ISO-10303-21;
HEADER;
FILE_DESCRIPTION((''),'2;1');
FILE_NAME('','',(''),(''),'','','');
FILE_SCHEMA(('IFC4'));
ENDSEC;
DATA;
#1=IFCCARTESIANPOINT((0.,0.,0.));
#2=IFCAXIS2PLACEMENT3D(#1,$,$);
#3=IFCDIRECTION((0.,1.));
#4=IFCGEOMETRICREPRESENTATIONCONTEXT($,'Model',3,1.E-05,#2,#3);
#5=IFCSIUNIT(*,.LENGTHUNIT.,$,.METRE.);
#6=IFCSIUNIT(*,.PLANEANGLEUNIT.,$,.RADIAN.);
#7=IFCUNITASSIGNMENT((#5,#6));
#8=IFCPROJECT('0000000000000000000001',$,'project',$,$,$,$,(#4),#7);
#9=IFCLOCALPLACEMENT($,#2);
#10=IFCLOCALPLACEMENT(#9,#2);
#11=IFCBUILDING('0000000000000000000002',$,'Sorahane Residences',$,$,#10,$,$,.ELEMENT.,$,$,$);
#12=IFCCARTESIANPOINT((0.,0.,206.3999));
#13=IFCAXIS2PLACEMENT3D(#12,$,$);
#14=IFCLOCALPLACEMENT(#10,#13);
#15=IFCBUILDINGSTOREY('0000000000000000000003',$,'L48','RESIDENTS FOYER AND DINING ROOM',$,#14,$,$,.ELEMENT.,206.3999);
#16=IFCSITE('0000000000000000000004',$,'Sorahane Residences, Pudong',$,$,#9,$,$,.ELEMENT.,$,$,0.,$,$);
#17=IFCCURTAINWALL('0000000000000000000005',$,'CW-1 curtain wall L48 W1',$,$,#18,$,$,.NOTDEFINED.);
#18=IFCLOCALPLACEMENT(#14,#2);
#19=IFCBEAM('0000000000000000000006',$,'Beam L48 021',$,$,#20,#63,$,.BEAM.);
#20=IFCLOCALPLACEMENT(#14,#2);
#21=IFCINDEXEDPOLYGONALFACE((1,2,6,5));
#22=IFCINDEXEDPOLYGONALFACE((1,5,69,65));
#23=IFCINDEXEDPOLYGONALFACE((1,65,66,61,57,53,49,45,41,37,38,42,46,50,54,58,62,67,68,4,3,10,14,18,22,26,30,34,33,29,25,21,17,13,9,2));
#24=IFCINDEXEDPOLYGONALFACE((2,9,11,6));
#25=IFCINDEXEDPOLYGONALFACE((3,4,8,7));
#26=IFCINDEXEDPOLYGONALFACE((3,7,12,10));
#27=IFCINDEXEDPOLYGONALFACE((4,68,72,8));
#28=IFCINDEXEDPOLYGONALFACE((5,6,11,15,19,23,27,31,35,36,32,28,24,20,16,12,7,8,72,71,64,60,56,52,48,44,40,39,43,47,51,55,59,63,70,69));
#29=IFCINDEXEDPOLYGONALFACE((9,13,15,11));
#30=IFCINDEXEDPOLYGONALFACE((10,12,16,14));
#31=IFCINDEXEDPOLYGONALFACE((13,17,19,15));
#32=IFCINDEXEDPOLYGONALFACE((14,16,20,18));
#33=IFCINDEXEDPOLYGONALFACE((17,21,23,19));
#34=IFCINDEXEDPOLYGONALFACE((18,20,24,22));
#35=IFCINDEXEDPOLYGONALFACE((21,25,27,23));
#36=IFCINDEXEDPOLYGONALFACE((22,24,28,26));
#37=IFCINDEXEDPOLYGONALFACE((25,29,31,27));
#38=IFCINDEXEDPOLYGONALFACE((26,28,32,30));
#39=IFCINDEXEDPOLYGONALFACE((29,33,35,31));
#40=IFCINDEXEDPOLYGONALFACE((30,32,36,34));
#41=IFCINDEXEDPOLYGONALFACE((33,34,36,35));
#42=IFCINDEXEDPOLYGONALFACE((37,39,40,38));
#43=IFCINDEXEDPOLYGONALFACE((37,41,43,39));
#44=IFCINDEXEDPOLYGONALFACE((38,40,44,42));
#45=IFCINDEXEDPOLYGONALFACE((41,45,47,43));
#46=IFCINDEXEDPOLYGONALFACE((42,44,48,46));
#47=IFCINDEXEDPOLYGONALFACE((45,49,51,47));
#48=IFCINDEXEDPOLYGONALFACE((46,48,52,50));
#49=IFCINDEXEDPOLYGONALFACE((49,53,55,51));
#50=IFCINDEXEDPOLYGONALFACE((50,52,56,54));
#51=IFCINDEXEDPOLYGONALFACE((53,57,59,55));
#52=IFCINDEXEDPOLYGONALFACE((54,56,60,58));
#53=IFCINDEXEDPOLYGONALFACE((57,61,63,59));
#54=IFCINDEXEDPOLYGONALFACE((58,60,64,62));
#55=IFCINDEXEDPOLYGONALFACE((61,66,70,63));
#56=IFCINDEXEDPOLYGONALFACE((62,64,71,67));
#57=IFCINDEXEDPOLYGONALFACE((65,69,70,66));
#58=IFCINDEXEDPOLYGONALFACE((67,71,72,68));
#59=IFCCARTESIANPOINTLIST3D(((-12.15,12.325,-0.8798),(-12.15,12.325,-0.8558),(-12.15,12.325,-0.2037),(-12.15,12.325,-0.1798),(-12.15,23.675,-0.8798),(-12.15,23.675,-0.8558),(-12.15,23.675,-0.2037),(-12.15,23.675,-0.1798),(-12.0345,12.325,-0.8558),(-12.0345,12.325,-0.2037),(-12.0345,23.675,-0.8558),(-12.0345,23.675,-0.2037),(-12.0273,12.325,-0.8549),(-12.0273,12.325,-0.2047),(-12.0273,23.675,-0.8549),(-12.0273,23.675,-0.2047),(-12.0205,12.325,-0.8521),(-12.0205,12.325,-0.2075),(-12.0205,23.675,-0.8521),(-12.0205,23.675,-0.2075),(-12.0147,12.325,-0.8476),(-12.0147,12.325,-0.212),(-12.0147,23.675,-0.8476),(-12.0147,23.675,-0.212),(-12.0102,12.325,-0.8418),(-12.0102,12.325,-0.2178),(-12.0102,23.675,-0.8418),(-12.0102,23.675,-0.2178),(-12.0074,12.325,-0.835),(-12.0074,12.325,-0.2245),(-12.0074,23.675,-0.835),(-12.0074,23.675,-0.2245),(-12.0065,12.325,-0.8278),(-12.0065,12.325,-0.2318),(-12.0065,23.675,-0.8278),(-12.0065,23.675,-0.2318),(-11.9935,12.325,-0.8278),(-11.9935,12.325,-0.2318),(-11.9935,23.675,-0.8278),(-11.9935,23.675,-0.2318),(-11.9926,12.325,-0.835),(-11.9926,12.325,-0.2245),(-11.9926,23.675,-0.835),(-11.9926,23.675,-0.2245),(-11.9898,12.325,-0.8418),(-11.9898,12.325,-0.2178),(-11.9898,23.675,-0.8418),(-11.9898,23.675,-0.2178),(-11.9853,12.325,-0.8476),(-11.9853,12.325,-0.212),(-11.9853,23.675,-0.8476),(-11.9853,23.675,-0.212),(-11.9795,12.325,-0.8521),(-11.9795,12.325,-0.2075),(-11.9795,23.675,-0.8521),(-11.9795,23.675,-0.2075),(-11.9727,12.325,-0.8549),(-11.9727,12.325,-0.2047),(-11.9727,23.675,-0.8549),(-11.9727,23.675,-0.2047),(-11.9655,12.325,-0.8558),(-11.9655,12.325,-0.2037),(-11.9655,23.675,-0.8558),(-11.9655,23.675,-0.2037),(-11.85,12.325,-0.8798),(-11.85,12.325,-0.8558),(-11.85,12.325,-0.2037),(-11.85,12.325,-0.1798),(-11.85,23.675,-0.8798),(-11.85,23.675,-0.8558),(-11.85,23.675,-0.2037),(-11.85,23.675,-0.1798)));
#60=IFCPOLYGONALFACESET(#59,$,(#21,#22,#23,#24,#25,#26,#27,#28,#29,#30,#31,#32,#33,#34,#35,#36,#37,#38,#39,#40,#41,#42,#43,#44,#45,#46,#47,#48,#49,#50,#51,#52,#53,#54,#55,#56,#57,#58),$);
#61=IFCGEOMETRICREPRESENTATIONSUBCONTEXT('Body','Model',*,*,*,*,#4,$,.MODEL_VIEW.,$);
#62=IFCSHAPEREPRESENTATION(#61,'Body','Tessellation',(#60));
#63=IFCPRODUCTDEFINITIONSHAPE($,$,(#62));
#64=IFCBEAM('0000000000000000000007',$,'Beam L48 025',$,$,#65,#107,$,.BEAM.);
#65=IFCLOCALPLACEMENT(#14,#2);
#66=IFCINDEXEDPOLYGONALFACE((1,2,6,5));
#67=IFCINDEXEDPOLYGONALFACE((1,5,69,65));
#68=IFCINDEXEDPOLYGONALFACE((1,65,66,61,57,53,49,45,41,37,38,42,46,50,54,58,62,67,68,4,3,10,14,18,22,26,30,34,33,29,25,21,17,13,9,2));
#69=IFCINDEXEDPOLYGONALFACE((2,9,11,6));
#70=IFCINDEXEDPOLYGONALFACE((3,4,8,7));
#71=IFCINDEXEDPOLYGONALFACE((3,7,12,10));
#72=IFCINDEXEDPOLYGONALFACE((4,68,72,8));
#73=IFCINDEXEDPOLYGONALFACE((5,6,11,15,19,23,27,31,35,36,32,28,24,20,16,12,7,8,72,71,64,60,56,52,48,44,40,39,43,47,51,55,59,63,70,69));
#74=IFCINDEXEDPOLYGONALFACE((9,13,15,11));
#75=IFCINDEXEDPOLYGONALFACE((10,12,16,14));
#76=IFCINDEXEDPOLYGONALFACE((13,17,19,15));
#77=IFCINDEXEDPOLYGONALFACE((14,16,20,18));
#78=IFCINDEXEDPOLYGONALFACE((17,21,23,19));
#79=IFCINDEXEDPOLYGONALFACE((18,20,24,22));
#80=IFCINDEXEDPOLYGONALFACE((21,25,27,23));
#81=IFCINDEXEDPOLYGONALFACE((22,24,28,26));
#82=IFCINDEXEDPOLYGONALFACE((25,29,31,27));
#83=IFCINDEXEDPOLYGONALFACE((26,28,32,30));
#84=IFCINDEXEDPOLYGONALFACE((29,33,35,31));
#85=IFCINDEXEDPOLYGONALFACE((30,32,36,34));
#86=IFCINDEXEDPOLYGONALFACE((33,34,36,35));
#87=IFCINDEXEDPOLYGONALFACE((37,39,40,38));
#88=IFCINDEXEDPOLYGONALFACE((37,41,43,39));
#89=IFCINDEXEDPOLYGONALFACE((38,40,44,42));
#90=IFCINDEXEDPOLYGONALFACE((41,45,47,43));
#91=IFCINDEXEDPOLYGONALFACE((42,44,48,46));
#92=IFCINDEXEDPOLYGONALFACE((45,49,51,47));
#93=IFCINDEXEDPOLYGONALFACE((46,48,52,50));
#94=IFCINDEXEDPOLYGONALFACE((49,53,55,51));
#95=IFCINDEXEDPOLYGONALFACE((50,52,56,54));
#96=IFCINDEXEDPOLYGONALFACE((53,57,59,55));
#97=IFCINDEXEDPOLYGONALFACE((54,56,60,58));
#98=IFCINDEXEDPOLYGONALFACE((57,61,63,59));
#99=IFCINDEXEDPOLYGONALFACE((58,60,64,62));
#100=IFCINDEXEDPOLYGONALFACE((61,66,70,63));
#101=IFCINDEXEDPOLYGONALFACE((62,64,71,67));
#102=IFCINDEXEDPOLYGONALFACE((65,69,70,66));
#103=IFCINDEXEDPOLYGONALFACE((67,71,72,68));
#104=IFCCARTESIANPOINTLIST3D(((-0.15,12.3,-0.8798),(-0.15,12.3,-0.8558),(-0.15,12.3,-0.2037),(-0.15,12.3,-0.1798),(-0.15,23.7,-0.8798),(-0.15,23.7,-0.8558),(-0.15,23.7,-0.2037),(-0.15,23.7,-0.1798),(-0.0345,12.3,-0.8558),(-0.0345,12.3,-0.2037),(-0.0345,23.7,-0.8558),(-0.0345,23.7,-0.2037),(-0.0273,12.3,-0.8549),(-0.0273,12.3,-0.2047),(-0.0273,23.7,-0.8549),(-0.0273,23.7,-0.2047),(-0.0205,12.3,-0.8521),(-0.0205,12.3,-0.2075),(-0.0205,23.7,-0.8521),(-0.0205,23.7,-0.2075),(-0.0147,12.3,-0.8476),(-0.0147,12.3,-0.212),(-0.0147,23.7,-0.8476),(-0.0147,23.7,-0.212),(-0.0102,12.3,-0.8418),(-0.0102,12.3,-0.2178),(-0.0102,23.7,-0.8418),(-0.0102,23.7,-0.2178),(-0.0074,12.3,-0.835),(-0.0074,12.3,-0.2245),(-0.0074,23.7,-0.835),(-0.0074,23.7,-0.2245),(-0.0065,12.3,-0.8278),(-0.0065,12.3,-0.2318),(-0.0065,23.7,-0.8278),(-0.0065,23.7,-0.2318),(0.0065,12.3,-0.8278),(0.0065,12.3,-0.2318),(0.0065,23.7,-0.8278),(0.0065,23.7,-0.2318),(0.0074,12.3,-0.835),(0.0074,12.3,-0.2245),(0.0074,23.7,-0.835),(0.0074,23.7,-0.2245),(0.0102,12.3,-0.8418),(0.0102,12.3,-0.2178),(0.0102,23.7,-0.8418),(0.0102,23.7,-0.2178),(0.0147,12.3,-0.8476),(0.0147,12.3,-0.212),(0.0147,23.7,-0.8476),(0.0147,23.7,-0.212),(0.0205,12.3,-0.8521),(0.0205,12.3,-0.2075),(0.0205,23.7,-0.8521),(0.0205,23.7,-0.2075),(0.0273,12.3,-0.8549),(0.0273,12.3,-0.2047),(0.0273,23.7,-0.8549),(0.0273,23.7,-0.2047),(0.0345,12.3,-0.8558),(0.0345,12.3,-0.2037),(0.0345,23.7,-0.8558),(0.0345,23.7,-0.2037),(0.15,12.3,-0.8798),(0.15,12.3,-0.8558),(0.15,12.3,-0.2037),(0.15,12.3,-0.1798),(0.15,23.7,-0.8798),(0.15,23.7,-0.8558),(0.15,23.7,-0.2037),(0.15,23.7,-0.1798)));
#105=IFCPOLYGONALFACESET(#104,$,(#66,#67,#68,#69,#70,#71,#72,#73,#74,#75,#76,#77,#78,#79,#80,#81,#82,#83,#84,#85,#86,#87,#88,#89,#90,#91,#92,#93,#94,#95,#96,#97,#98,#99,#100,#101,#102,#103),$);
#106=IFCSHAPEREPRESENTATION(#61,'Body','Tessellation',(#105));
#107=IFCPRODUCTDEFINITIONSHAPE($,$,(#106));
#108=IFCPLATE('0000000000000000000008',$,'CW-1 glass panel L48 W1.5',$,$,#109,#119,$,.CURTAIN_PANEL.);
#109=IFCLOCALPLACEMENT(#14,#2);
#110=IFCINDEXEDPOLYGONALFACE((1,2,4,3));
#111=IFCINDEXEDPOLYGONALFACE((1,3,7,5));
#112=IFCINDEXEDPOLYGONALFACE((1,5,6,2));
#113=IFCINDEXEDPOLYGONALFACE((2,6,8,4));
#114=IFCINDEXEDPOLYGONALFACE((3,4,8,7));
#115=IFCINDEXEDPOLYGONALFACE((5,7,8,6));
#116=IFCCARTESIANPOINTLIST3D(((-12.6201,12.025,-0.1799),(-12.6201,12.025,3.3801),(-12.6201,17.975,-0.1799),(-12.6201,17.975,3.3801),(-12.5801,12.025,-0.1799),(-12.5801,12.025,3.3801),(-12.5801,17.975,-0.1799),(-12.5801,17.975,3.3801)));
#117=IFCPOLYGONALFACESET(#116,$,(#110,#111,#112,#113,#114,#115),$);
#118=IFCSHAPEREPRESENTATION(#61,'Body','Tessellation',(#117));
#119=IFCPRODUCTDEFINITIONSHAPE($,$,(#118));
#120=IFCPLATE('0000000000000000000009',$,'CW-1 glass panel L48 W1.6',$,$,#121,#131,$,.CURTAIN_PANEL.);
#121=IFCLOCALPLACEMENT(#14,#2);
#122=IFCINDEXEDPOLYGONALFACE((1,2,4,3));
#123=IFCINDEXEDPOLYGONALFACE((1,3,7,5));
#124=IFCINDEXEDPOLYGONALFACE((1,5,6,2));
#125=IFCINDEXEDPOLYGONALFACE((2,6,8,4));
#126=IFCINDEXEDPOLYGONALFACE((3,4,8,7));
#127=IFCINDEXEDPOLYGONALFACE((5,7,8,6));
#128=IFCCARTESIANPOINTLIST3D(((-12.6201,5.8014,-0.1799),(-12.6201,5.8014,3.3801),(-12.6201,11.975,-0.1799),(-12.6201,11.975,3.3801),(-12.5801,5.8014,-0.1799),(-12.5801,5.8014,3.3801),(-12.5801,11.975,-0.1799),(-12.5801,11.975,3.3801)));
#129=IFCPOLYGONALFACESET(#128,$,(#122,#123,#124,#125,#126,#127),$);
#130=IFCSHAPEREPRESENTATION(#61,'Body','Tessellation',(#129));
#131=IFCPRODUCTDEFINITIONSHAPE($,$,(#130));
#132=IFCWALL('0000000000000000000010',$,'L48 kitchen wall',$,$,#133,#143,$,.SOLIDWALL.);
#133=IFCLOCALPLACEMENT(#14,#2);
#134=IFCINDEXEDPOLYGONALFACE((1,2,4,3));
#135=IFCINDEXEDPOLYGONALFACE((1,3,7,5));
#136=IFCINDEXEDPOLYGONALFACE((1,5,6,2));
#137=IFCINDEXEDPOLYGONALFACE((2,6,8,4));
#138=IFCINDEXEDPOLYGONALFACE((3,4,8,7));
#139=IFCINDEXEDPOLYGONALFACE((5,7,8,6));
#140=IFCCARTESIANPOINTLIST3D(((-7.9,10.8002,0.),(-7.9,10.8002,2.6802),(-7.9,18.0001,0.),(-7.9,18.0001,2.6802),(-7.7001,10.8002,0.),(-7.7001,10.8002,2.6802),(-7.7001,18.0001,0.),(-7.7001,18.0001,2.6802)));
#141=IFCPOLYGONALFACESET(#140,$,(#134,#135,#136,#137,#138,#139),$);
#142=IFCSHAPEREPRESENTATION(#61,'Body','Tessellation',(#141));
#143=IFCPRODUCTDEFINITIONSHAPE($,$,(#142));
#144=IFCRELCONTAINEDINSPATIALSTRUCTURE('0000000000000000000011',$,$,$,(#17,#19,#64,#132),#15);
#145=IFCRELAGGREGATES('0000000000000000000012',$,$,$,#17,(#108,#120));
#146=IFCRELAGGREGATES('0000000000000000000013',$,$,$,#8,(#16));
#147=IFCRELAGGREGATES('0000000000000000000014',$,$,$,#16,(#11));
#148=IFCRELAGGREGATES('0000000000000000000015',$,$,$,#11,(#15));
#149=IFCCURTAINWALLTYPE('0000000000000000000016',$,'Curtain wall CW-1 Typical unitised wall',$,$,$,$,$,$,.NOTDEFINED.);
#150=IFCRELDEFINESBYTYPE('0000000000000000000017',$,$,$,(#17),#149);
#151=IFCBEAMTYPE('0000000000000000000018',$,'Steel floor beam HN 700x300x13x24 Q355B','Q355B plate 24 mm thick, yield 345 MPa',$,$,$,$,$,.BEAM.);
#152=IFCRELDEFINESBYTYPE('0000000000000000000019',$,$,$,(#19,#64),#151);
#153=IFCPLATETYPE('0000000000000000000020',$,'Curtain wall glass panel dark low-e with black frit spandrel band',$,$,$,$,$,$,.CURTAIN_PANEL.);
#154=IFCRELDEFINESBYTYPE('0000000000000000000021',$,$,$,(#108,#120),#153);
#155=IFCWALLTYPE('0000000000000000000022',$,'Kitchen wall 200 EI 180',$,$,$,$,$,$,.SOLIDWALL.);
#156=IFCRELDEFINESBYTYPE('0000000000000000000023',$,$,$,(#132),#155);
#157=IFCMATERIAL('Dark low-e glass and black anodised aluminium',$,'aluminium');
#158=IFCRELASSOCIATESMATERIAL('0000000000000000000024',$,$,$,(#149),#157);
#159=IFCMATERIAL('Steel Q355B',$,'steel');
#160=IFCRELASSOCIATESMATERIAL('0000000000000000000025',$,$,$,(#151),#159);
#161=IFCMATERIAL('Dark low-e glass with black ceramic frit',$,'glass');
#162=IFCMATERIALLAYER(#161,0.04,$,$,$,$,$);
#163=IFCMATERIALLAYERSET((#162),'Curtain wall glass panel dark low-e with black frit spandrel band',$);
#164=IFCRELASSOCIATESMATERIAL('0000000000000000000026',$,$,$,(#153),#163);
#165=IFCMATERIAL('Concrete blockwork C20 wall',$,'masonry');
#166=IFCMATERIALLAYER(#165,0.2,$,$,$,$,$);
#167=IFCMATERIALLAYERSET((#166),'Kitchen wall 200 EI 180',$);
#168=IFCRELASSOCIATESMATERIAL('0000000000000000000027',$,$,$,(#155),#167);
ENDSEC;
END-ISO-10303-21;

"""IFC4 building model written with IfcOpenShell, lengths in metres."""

from ifc_helpers import new_model, si_unit, direction, frame, frame_2d, origin, origin_2d, place, context, subcontext, project, spatial, rectangle, i_section, extrude, material, layer, layer_set, material_profile, profile_set, type_object, element, aggregate, save


model = new_model("IFC4")

# Units and contexts
model_context = context("Model", 3, precision=1e-05, world=origin(), true_north=direction((0.0, 1.0)))
body_context = subcontext(model_context, "Body", "Model", "MODEL_VIEW")
ifc_project = project(units=[si_unit("LENGTHUNIT", "METRE"), si_unit("PLANEANGLEUNIT", "RADIAN")], contexts=[model_context])

# Site, building, storey
site_placement = place(None, origin())
site = spatial("IfcSite", under=ifc_project, at=site_placement, Name="Sorahane Residences, Pudong", CompositionType="ELEMENT", RefElevation=0.0)
building_placement = place(site_placement, origin())
building = spatial("IfcBuilding", under=site, at=building_placement, Name="Sorahane Residences", CompositionType="ELEMENT")
storey_placement = place(building_placement, frame((0.0, 0.0, 206.3999)))
storey = spatial("IfcBuildingStorey", under=building, at=storey_placement, Name="L48", Description="RESIDENTS FOYER AND DINING ROOM", CompositionType="ELEMENT", Elevation=206.3999)

# Curtain wall
ifc_material_1 = material(Name="Dark low-e glass and black anodised aluminium", Category="aluminium")
curtain_wall_type = type_object("IfcCurtainWallType", Name="Curtain wall CW-1 Typical unitised wall", PredefinedType="NOTDEFINED", material=ifc_material_1)
curtain_wall_placement = place(storey_placement, origin())
curtain_wall = element("IfcCurtainWall", 1, at=curtain_wall_placement, inside=storey, type_object=curtain_wall_type, Name="CW-1 curtain wall L48 W1", PredefinedType="NOTDEFINED")

# Beams
ifc_material_2 = material(Name="Steel Q355B", Category="steel")
ifc_material_profile_1 = material_profile(ifc_material_2, i_section(OverallWidth=0.3, OverallDepth=0.7, WebThickness=0.0129, FlangeThickness=0.0239, FilletRadius=0.0281, at=origin_2d()), Name="HN 700x300x13x24")
ifc_profile_set_1 = profile_set([ifc_material_profile_1], Name="Steel Q355B")
beam_type_1 = type_object("IfcBeamType", Name="Steel floor beam HN 700x300x13x24 Q355B", Description="Q355B plate 24 mm thick, yield 345 MPa", PredefinedType="BEAM", material=ifc_profile_set_1)
beam_1_placement = place(storey_placement, frame((-12.0, 12.325, -0.5298), z_axis=(0.0, 1.0, 0.0), x_axis=(-1.0, 0.0, 0.0)))
element("IfcBeam", 2, at=beam_1_placement, inside=storey, type_object=beam_type_1, Name="Beam L48 021", PredefinedType="BEAM", context=body_context, shape_type="SweptSolid", body=[
    extrude(i_section(OverallWidth=0.3, OverallDepth=0.7, WebThickness=0.0129, FlangeThickness=0.0239, FilletRadius=0.0281, at=origin_2d()), origin(), (0.0, 0.0, 1.0), 11.3501),
])
beam_2_placement = place(storey_placement, frame((0.0, 12.3, -0.5298), z_axis=(0.0, 1.0, 0.0), x_axis=(-1.0, 0.0, 0.0)))
element("IfcBeam", 3, at=beam_2_placement, inside=storey, type_object=beam_type_1, Name="Beam L48 025", PredefinedType="BEAM", context=body_context, shape_type="SweptSolid", body=[
    extrude(i_section(OverallWidth=0.3, OverallDepth=0.7, WebThickness=0.0129, FlangeThickness=0.0239, FilletRadius=0.0281, at=origin_2d()), origin(), (0.0, 0.0, 1.0), 11.3999),
])

# Plates
ifc_material_3 = material(Name="Dark low-e glass with black ceramic frit", Category="glass")
ifc_layer_1 = layer(ifc_material_3, 0.04)
ifc_layer_set_1 = layer_set([ifc_layer_1], Name="Curtain wall glass panel dark low-e with black frit spandrel band")
plate_type = type_object("IfcPlateType", Name="Curtain wall glass panel dark low-e with black frit spandrel band", PredefinedType="CURTAIN_PANEL", material=ifc_layer_set_1)
plate_1_placement = place(storey_placement, frame((-12.6001, 15.0, -0.1799), z_axis=(0.0, 0.0, 1.0), x_axis=(0.0, -1.0, 0.0)))
plate_1 = element("IfcPlate", 4, at=plate_1_placement, type_object=plate_type, Name="CW-1 glass panel L48 W1.5", PredefinedType="CURTAIN_PANEL", context=body_context, shape_type="SweptSolid", body=[
    extrude(rectangle(XDim=5.95, YDim=0.04, at=origin_2d()), origin(), (0.0, 0.0, 1.0), 3.5601),
])
plate_2_placement = place(storey_placement, frame((-12.6001, 8.8882, -0.1799), z_axis=(0.0, 0.0, 1.0), x_axis=(0.0, -1.0, 0.0)))
plate_2 = element("IfcPlate", 5, at=plate_2_placement, type_object=plate_type, Name="CW-1 glass panel L48 W1.6", PredefinedType="CURTAIN_PANEL", context=body_context, shape_type="SweptSolid", body=[
    extrude(rectangle(XDim=6.1736, YDim=0.04, at=origin_2d()), origin(), (0.0, 0.0, 1.0), 3.5601),
])
aggregate(curtain_wall, [plate_1, plate_2])

# Wall
ifc_material_4 = material(Name="Concrete blockwork C20 wall", Category="masonry")
ifc_layer_2 = layer(ifc_material_4, 0.2)
ifc_layer_set_2 = layer_set([ifc_layer_2], Name="Kitchen wall 200 EI 180")
wall_type_1 = type_object("IfcWallType", Name="Kitchen wall 200 EI 180", PredefinedType="SOLIDWALL", material=ifc_layer_set_2)
wall_1_placement = place(storey_placement, frame((-7.8, 10.8, 0.0), z_axis=(0.0, 0.0, 1.0), x_axis=(0.0, 1.0, 0.0)))
element("IfcWall", 6, at=wall_1_placement, inside=storey, type_object=wall_type_1, Name="L48 kitchen wall", PredefinedType="SOLIDWALL", context=body_context, shape_type="SweptSolid", body=[
    extrude(rectangle(XDim=7.2, YDim=0.2, at=frame_2d((3.6001, 0.0))), origin(), (0.0, 0.0, 1.0), 2.6802),
])

save(model, "model.ifc")
